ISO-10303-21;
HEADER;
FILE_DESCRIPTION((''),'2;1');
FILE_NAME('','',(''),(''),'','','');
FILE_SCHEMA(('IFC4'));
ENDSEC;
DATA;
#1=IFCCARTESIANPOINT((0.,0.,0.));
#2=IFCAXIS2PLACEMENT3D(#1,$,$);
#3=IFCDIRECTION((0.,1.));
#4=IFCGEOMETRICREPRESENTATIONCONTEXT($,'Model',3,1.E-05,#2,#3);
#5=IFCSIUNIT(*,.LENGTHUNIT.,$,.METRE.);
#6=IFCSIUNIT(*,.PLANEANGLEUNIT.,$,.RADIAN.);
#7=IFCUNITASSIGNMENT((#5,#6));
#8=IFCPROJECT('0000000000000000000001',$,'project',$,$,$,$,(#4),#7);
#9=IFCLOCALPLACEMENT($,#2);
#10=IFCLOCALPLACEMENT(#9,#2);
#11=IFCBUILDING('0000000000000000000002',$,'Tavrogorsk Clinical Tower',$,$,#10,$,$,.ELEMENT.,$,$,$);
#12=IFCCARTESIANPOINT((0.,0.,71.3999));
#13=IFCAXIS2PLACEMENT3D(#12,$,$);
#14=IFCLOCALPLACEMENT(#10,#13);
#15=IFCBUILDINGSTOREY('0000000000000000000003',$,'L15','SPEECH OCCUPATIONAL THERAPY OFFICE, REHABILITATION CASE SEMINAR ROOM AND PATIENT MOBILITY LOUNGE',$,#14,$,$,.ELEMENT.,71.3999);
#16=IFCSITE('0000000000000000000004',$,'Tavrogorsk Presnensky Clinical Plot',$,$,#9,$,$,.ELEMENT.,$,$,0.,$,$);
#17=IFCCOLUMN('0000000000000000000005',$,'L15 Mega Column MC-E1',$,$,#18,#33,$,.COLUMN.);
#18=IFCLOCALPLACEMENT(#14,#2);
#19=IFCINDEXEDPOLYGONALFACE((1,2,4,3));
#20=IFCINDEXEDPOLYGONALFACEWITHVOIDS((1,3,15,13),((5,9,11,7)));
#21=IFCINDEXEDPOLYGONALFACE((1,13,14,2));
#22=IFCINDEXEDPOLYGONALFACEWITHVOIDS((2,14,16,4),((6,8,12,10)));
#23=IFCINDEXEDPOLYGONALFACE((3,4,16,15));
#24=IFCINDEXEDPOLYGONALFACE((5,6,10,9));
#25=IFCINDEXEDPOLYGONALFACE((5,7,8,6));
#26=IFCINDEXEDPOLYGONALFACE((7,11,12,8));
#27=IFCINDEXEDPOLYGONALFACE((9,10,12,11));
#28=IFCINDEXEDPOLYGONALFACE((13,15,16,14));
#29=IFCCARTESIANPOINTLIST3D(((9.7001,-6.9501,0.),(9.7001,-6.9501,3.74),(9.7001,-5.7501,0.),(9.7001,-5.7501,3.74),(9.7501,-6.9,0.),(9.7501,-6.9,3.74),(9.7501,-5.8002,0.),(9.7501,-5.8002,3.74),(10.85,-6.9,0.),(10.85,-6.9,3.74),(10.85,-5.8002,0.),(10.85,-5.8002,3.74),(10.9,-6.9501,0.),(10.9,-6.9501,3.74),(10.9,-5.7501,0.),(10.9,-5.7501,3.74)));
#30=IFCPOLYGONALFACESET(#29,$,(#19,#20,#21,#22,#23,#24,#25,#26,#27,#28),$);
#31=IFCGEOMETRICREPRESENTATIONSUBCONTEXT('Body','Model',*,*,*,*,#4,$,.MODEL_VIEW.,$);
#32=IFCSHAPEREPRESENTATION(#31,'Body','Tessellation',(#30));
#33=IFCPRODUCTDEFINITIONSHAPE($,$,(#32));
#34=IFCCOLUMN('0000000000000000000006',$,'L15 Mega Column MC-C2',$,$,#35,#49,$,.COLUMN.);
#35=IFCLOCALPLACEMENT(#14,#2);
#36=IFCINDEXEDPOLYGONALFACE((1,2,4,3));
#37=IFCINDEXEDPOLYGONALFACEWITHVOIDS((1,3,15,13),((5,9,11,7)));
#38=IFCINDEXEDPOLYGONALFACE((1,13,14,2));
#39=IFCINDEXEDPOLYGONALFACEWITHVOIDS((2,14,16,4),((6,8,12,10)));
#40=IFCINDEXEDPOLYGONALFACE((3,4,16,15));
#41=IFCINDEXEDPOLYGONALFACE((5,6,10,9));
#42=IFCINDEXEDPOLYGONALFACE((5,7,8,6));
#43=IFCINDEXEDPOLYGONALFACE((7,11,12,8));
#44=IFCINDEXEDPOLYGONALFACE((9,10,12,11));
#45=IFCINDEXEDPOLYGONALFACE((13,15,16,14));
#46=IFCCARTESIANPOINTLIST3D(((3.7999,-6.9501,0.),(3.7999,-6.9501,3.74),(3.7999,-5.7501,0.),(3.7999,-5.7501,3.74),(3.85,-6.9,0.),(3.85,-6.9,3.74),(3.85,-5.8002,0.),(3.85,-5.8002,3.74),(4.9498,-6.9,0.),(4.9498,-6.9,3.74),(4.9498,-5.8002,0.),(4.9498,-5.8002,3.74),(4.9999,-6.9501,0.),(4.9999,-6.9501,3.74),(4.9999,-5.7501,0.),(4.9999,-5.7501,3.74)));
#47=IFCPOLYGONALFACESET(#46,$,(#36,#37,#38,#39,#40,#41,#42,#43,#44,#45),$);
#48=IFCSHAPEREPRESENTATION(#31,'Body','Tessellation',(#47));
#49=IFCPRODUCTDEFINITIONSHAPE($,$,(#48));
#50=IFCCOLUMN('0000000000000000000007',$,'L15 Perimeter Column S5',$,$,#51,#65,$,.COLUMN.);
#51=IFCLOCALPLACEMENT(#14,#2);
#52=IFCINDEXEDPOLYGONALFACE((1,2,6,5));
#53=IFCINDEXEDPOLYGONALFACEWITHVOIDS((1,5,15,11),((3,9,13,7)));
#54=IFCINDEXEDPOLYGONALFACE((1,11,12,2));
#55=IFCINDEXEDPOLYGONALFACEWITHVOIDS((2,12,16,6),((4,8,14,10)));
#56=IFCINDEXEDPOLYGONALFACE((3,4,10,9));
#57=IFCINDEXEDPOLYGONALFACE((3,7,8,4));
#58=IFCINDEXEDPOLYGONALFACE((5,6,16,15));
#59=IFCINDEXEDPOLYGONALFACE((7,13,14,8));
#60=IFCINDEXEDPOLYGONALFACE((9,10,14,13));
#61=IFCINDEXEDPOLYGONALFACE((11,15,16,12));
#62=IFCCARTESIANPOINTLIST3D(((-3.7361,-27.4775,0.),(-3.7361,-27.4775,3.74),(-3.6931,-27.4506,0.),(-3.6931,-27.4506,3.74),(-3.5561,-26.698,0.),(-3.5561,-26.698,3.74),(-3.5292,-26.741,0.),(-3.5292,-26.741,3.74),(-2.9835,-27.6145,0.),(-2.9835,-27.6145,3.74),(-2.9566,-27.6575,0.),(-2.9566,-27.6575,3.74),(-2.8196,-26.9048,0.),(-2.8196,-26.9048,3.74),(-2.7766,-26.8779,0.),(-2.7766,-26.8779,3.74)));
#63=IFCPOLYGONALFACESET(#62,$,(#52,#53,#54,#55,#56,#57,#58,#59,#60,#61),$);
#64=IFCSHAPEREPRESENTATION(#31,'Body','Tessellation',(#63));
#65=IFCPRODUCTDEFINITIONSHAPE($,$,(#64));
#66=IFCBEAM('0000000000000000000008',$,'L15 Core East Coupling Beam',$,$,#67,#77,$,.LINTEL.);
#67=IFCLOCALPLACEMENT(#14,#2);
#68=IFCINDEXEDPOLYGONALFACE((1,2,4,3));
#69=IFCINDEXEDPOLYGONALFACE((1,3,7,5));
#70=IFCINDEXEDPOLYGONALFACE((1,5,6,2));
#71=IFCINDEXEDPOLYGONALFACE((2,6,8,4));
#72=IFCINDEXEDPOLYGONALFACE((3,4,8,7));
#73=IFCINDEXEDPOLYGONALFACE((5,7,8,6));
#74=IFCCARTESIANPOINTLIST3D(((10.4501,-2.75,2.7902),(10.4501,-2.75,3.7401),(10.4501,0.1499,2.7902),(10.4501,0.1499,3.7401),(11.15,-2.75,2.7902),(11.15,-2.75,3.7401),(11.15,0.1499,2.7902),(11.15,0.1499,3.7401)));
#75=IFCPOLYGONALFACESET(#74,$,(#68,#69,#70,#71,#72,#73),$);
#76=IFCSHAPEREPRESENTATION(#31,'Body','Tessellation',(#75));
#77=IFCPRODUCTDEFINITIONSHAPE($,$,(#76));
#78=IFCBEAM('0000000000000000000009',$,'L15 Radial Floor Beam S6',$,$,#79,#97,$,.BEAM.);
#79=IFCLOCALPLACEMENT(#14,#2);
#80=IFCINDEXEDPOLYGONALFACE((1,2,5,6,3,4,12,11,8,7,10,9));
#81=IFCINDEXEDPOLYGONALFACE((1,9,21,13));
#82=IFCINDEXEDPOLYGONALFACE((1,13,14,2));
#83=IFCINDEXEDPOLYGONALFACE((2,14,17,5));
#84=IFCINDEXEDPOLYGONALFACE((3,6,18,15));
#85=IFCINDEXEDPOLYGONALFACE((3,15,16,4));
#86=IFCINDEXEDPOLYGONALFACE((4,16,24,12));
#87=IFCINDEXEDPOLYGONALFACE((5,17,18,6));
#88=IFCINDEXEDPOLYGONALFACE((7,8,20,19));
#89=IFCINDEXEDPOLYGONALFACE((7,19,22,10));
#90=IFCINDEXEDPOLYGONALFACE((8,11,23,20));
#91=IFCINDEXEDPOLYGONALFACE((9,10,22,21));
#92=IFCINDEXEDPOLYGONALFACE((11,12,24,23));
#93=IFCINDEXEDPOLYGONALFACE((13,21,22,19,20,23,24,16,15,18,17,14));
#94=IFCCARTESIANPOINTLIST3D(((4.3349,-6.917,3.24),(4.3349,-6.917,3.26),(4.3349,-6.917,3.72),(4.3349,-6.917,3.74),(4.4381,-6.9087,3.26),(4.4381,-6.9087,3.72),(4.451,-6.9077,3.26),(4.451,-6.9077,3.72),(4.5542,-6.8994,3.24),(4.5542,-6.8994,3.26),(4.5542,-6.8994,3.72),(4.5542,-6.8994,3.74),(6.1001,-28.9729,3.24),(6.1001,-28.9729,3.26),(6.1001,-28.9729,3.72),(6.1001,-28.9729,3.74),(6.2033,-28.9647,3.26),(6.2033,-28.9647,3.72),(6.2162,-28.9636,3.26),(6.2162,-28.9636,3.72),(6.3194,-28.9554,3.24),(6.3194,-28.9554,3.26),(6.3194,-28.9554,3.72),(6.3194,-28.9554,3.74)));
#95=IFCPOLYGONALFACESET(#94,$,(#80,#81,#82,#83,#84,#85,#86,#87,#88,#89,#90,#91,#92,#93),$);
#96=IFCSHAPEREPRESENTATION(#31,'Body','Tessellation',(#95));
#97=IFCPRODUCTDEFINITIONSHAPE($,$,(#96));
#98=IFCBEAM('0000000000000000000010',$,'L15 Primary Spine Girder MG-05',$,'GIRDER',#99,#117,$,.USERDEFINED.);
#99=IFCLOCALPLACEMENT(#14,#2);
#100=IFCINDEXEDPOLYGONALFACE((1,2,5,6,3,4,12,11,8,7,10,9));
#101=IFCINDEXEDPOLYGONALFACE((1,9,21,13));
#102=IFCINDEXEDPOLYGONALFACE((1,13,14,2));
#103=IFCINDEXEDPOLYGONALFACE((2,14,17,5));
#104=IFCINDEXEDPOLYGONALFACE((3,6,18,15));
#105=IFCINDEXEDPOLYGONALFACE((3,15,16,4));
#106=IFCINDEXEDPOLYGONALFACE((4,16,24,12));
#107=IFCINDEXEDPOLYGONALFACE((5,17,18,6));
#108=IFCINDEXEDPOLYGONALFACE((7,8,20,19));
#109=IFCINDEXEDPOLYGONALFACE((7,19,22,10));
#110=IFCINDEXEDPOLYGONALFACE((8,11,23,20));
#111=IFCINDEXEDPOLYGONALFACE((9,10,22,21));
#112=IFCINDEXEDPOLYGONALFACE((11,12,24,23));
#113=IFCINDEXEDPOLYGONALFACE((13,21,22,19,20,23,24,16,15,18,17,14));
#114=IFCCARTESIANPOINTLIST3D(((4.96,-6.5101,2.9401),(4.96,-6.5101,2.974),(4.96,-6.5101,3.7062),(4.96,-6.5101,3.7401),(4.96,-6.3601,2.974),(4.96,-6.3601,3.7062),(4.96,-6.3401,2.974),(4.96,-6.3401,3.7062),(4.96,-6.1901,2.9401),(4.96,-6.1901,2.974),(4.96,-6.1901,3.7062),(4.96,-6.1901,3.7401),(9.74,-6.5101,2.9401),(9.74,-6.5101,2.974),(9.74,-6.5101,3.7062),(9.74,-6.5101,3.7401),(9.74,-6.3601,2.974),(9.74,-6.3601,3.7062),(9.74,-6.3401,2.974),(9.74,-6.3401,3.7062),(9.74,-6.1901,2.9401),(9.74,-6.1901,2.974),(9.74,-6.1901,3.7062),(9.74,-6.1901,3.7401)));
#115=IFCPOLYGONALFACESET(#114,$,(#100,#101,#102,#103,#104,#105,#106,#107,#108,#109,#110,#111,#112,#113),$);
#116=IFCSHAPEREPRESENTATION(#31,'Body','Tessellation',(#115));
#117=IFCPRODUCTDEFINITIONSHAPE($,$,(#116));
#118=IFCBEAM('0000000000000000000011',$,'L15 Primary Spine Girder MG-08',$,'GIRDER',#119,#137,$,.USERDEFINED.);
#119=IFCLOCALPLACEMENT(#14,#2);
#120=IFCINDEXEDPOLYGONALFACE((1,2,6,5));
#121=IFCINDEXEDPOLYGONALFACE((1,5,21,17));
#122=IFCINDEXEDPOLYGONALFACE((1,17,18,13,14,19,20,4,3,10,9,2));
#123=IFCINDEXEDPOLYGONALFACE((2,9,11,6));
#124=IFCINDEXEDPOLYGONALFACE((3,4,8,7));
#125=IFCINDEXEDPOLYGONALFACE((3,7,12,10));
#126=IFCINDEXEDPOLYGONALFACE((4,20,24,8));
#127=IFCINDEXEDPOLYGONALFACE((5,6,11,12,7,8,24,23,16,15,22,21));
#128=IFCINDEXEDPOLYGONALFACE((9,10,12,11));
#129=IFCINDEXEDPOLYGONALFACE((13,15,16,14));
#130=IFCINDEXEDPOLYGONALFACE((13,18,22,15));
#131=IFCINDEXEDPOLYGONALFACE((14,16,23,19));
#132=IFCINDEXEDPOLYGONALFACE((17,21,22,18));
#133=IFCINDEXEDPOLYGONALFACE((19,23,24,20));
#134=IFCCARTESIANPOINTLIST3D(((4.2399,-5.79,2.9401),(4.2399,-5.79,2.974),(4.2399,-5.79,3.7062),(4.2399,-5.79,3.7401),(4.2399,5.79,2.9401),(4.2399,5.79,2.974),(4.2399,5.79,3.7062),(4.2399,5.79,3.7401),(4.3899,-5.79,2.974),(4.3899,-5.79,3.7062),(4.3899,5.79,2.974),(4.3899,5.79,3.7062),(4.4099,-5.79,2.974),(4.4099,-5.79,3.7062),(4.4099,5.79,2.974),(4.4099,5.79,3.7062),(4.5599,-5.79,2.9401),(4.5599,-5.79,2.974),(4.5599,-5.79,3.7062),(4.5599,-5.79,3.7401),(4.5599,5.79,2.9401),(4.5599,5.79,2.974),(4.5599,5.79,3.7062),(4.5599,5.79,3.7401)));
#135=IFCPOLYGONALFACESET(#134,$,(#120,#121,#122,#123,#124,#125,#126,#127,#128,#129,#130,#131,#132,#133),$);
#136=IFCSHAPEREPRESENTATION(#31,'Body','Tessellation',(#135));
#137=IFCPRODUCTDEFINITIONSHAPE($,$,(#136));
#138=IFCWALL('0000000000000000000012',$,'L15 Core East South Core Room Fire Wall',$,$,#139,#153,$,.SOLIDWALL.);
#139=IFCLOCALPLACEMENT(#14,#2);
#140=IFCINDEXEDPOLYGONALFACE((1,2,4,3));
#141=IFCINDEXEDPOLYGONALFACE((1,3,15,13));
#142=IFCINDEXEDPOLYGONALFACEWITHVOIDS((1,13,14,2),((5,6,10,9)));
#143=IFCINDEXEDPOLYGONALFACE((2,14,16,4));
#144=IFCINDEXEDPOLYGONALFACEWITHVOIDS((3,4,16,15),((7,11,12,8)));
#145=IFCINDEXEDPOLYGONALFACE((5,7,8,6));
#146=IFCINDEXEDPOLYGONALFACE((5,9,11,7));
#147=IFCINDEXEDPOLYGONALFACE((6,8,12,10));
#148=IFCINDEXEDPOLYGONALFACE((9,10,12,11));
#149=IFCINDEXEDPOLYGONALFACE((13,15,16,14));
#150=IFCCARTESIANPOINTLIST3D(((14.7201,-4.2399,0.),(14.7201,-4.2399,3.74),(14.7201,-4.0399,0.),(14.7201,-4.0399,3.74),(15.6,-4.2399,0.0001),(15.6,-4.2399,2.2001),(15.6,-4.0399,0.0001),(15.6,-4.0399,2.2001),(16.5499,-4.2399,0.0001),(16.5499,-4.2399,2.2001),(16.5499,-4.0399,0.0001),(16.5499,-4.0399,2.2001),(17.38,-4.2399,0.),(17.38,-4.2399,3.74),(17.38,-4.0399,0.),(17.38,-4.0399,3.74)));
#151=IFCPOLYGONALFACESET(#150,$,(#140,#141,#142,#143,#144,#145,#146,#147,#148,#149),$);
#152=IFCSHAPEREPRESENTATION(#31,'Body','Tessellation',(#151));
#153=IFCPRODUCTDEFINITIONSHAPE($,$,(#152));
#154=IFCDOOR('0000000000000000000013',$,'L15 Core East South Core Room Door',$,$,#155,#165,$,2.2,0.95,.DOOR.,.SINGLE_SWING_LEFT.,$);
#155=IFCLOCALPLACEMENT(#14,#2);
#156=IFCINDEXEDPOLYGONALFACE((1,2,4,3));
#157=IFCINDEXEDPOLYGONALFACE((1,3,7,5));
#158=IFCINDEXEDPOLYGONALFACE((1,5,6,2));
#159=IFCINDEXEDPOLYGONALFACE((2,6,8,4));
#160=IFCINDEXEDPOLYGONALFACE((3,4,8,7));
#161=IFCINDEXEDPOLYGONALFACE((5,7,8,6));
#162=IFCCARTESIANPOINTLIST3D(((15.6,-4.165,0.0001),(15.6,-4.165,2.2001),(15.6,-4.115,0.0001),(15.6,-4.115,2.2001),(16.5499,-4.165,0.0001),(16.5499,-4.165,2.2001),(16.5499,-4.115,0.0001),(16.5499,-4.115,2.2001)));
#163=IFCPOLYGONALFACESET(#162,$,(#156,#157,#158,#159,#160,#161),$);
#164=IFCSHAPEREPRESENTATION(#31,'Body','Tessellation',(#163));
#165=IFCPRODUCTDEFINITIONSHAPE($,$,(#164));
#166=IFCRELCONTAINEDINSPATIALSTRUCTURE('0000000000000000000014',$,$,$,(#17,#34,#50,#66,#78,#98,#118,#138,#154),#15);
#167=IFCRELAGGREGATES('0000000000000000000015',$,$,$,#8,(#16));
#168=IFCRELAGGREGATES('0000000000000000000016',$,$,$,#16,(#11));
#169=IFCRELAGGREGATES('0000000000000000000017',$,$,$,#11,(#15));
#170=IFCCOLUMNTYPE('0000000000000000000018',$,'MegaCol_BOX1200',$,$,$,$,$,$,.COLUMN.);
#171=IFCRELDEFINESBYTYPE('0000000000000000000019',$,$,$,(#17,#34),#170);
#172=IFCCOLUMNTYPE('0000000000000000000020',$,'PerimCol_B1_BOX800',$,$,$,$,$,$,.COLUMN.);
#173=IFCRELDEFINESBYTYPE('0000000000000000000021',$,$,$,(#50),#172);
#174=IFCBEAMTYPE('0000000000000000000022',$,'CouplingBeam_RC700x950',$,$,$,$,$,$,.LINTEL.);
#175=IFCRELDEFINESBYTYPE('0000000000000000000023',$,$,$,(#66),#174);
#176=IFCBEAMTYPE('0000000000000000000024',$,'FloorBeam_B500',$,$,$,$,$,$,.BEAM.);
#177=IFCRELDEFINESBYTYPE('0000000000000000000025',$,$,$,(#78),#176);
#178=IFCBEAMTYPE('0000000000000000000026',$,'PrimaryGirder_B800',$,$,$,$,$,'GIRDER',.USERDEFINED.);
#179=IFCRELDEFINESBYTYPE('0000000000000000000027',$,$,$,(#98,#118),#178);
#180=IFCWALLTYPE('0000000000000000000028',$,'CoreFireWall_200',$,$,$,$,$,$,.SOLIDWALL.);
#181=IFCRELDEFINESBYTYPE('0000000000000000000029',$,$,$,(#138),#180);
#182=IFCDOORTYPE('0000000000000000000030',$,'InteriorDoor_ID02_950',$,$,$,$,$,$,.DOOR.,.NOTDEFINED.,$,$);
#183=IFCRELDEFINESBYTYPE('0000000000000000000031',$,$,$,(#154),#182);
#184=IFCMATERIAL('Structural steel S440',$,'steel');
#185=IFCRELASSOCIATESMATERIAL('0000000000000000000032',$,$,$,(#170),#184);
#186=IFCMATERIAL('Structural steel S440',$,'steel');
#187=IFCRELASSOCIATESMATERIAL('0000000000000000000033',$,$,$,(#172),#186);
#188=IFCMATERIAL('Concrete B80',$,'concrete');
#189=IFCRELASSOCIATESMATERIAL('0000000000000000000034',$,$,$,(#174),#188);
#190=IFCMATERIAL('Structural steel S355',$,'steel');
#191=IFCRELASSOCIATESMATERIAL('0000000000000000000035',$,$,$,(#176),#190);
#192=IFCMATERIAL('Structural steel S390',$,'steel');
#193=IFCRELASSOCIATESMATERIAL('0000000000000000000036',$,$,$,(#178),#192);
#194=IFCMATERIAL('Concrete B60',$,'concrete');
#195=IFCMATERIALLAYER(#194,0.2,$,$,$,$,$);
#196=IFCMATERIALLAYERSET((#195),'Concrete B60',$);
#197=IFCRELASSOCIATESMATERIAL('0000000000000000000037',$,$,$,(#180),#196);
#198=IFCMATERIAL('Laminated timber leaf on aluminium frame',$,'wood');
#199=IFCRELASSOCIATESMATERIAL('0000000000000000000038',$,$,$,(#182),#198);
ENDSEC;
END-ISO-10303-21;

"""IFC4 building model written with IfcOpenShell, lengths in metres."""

from ifc_helpers import new_model, si_unit, direction, frame, frame_2d, origin, origin_2d, place, context, subcontext, project, spatial, rectangle, hollow_rectangle, i_section, extrude, material, layer, layer_set, material_profile, profile_set, type_object, element, fill, save


model = new_model("IFC4")

# Units and contexts
model_context = context("Model", 3, precision=1e-05, world=origin(), true_north=direction((0.0, 1.0)))
body_context = subcontext(model_context, "Body", "Model", "MODEL_VIEW")
ifc_project = project(units=[si_unit("LENGTHUNIT", "METRE"), si_unit("PLANEANGLEUNIT", "RADIAN")], contexts=[model_context])

# Site, building, storey
site_placement = place(None, origin())
site = spatial("IfcSite", under=ifc_project, at=site_placement, Name="Tavrogorsk Presnensky Clinical Plot", CompositionType="ELEMENT", RefElevation=0.0)
building_placement = place(site_placement, origin())
building = spatial("IfcBuilding", under=site, at=building_placement, Name="Tavrogorsk Clinical Tower", CompositionType="ELEMENT")
storey_placement = place(building_placement, frame((0.0, 0.0, 71.3999)))
storey = spatial("IfcBuildingStorey", under=building, at=storey_placement, Name="L15", Description="SPEECH OCCUPATIONAL THERAPY OFFICE, REHABILITATION CASE SEMINAR ROOM AND PATIENT MOBILITY LOUNGE", CompositionType="ELEMENT", Elevation=71.3999)

# Columns
ifc_material_1 = material(Name="Structural steel S440", Category="steel")
ifc_material_profile_1 = material_profile(ifc_material_1, hollow_rectangle(XDim=1.2, YDim=1.2, WallThickness=0.05, at=origin_2d()), Name="BOX-1200x1200x50")
ifc_profile_set_1 = profile_set([ifc_material_profile_1], Name="Structural steel S440")
column_type_1 = type_object("IfcColumnType", Name="MegaCol_BOX1200", PredefinedType="COLUMN", material=ifc_profile_set_1)
for number, where, z_axis, x_axis, name in (
    (1, (10.3, -6.3501, 0.0), (0.0, 0.0, 1.0), (1.0, 0.0, 0.0), "L15 Mega Column MC-E1"),
    (2, (4.3999, -6.3501, 0.0), (0.0, 0.0, 1.0), (1.0, 0.0, 0.0), "L15 Mega Column MC-C2"),
):
    element("IfcColumn", number, at=place(storey_placement, frame(where, z_axis=z_axis, x_axis=x_axis)), inside=storey, type_object=column_type_1, Name=name, PredefinedType="COLUMN", context=body_context, shape_type="SweptSolid", body=[
        extrude(hollow_rectangle(XDim=1.2, YDim=1.2, WallThickness=0.05, at=origin_2d()), origin(), (0.0, 0.0, 1.0), 3.74),
    ])
ifc_material_2 = material(Name="Structural steel S440", Category="steel")
ifc_material_profile_2 = material_profile(ifc_material_2, hollow_rectangle(XDim=0.8, YDim=0.8, WallThickness=0.0359, at=origin_2d()), Name="BOX-800x800x36")
ifc_profile_set_2 = profile_set([ifc_material_profile_2], Name="Structural steel S440")
column_type_2 = type_object("IfcColumnType", Name="PerimCol_B1_BOX800", PredefinedType="COLUMN", material=ifc_profile_set_2)
column_placement = place(storey_placement, frame((-3.2563, -27.1777, 0.0), z_axis=(0.0, 0.0, 1.0), x_axis=(0.97437, -0.224951, 0.0)))
element("IfcColumn", 3, at=column_placement, inside=storey, type_object=column_type_2, Name="L15 Perimeter Column S5", PredefinedType="COLUMN", context=body_context, shape_type="SweptSolid", body=[
    extrude(hollow_rectangle(XDim=0.8, YDim=0.8, WallThickness=0.0359, at=origin_2d()), origin(), (0.0, 0.0, 1.0), 3.74),
])

# Beams
ifc_material_3 = material(Name="Concrete B80", Category="concrete")
ifc_material_profile_3 = material_profile(ifc_material_3, rectangle(XDim=0.7, YDim=0.95, at=origin_2d()), Name="RC-CB-700x950")
ifc_profile_set_3 = profile_set([ifc_material_profile_3], Name="Concrete B80")
beam_type_1 = type_object("IfcBeamType", Name="CouplingBeam_RC700x950", PredefinedType="LINTEL", material=ifc_profile_set_3)
beam_1_placement = place(storey_placement, frame((10.8, -2.75, 3.2651), z_axis=(0.0, 1.0, 0.0), x_axis=(-1.0, 0.0, 0.0)))
element("IfcBeam", 4, at=beam_1_placement, inside=storey, type_object=beam_type_1, Name="L15 Core East Coupling Beam", PredefinedType="LINTEL", context=body_context, shape_type="SweptSolid", body=[
    extrude(rectangle(XDim=0.7, YDim=0.95, at=origin_2d()), origin(), (0.0, 0.0, 1.0), 2.8999),
])
ifc_material_4 = material(Name="Structural steel S355", Category="steel")
ifc_material_profile_4 = material_profile(ifc_material_4, i_section(OverallWidth=0.22, OverallDepth=0.5, WebThickness=0.0129, FlangeThickness=0.02, at=origin_2d()), Name="B-500x220x13x20")
ifc_profile_set_4 = profile_set([ifc_material_profile_4], Name="Structural steel S355")
beam_type_2 = type_object("IfcBeamType", Name="FloorBeam_B500", PredefinedType="BEAM", material=ifc_profile_set_4)
beam_2_placement = place(storey_placement, frame((4.4446, -6.9082, 3.49), z_axis=(0.079775, -0.996813, 0.0), x_axis=(0.996813, 0.079775, 0.0)))
element("IfcBeam", 5, at=beam_2_placement, inside=storey, type_object=beam_type_2, Name="L15 Radial Floor Beam S6", PredefinedType="BEAM", context=body_context, shape_type="SweptSolid", body=[
    extrude(i_section(OverallWidth=0.22, OverallDepth=0.5, WebThickness=0.0129, FlangeThickness=0.02, at=origin_2d()), origin(), (0.0, 0.0, 1.0), 22.1265),
])
ifc_material_5 = material(Name="Structural steel S390", Category="steel")
ifc_material_profile_5 = material_profile(ifc_material_5, i_section(OverallWidth=0.3201, OverallDepth=0.8, WebThickness=0.02, FlangeThickness=0.0339, at=origin_2d()), Name="B-800x320x20x34")
ifc_profile_set_5 = profile_set([ifc_material_profile_5], Name="Structural steel S390")
beam_type_3 = type_object("IfcBeamType", Name="PrimaryGirder_B800", ElementType="GIRDER", PredefinedType="USERDEFINED", material=ifc_profile_set_5)
beam_3_placement = place(storey_placement, frame((4.96, -6.3501, 3.3401), z_axis=(1.0, 0.0, 0.0), x_axis=(0.0, 1.0, 0.0)))
element("IfcBeam", 6, at=beam_3_placement, inside=storey, type_object=beam_type_3, Name="L15 Primary Spine Girder MG-05", ObjectType="GIRDER", PredefinedType="USERDEFINED", context=body_context, shape_type="SweptSolid", body=[
    extrude(i_section(OverallWidth=0.3201, OverallDepth=0.8, WebThickness=0.02, FlangeThickness=0.0339, at=origin_2d()), origin(), (0.0, 0.0, 1.0), 4.78),
])
beam_4_placement = place(storey_placement, frame((4.3999, -5.79, 3.3401), z_axis=(0.0, 1.0, 0.0), x_axis=(-1.0, 0.0, 0.0)))
element("IfcBeam", 7, at=beam_4_placement, inside=storey, type_object=beam_type_3, Name="L15 Primary Spine Girder MG-08", ObjectType="GIRDER", PredefinedType="USERDEFINED", context=body_context, shape_type="SweptSolid", body=[
    extrude(i_section(OverallWidth=0.3201, OverallDepth=0.8, WebThickness=0.02, FlangeThickness=0.0339, at=origin_2d()), origin(), (0.0, 0.0, 1.0), 11.5801),
])

# Wall, opening, door
ifc_material_6 = material(Name="Concrete B60", Category="concrete")
ifc_layer_1 = layer(ifc_material_6, 0.2)
ifc_layer_set_1 = layer_set([ifc_layer_1], Name="Concrete B60")
wall_type_1 = type_object("IfcWallType", Name="CoreFireWall_200", PredefinedType="SOLIDWALL", material=ifc_layer_set_1)
wall_1_placement = place(storey_placement, frame((14.72, -4.1399, 0.0), z_axis=(0.0, 0.0, 1.0), x_axis=(1.0, 0.0, 0.0)))
wall_1 = element("IfcWall", 8, at=wall_1_placement, inside=storey, type_object=wall_type_1, Name="L15 Core East South Core Room Fire Wall", PredefinedType="SOLIDWALL", context=body_context, shape_type="SweptSolid", body=[
    extrude(rectangle(XDim=2.6599, YDim=0.2, at=frame_2d((1.3301, 0.0))), origin(), (0.0, 0.0, 1.0), 3.74),
])
opening_1_placement = place(wall_1_placement, frame((0.8799, 0.0, 0.0)))
opening_1 = element("IfcOpeningElement", 9, at=opening_1_placement, cuts=wall_1, PredefinedType="OPENING", context=body_context, shape_type="SweptSolid", body=[
    extrude(rectangle(XDim=0.95, YDim=2.2, at=frame_2d((0.4751, 1.1001))), frame((0.0, 0.1099, 0.0), z_axis=(0.0, -1.0, 0.0), x_axis=(1.0, 0.0, 0.0)), (0.0, 0.0, 1.0), 0.22),
])
ifc_material_7 = material(Name="Laminated timber leaf on aluminium frame", Category="wood")
door_type_1 = type_object("IfcDoorType", Name="InteriorDoor_ID02_950", OperationType="NOTDEFINED", PredefinedType="DOOR", material=ifc_material_7)
door_1_placement = place(opening_1_placement, origin())
door_1 = element("IfcDoor", 10, at=door_1_placement, inside=storey, type_object=door_type_1, Name="L15 Core East South Core Room Door", OperationType="SINGLE_SWING_LEFT", OverallHeight=2.2, OverallWidth=0.95, PredefinedType="DOOR", context=body_context, shape_type="SweptSolid", body=[
    extrude(rectangle(XDim=0.95, YDim=2.2, at=frame_2d((0.4751, 1.1001))), frame((0.0, 0.0249, 0.0), z_axis=(0.0, -1.0, 0.0), x_axis=(1.0, 0.0, 0.0)), (0.0, 0.0, 1.0), 0.05),
])
fill(opening_1, door_1)

save(model, "model.ifc")
